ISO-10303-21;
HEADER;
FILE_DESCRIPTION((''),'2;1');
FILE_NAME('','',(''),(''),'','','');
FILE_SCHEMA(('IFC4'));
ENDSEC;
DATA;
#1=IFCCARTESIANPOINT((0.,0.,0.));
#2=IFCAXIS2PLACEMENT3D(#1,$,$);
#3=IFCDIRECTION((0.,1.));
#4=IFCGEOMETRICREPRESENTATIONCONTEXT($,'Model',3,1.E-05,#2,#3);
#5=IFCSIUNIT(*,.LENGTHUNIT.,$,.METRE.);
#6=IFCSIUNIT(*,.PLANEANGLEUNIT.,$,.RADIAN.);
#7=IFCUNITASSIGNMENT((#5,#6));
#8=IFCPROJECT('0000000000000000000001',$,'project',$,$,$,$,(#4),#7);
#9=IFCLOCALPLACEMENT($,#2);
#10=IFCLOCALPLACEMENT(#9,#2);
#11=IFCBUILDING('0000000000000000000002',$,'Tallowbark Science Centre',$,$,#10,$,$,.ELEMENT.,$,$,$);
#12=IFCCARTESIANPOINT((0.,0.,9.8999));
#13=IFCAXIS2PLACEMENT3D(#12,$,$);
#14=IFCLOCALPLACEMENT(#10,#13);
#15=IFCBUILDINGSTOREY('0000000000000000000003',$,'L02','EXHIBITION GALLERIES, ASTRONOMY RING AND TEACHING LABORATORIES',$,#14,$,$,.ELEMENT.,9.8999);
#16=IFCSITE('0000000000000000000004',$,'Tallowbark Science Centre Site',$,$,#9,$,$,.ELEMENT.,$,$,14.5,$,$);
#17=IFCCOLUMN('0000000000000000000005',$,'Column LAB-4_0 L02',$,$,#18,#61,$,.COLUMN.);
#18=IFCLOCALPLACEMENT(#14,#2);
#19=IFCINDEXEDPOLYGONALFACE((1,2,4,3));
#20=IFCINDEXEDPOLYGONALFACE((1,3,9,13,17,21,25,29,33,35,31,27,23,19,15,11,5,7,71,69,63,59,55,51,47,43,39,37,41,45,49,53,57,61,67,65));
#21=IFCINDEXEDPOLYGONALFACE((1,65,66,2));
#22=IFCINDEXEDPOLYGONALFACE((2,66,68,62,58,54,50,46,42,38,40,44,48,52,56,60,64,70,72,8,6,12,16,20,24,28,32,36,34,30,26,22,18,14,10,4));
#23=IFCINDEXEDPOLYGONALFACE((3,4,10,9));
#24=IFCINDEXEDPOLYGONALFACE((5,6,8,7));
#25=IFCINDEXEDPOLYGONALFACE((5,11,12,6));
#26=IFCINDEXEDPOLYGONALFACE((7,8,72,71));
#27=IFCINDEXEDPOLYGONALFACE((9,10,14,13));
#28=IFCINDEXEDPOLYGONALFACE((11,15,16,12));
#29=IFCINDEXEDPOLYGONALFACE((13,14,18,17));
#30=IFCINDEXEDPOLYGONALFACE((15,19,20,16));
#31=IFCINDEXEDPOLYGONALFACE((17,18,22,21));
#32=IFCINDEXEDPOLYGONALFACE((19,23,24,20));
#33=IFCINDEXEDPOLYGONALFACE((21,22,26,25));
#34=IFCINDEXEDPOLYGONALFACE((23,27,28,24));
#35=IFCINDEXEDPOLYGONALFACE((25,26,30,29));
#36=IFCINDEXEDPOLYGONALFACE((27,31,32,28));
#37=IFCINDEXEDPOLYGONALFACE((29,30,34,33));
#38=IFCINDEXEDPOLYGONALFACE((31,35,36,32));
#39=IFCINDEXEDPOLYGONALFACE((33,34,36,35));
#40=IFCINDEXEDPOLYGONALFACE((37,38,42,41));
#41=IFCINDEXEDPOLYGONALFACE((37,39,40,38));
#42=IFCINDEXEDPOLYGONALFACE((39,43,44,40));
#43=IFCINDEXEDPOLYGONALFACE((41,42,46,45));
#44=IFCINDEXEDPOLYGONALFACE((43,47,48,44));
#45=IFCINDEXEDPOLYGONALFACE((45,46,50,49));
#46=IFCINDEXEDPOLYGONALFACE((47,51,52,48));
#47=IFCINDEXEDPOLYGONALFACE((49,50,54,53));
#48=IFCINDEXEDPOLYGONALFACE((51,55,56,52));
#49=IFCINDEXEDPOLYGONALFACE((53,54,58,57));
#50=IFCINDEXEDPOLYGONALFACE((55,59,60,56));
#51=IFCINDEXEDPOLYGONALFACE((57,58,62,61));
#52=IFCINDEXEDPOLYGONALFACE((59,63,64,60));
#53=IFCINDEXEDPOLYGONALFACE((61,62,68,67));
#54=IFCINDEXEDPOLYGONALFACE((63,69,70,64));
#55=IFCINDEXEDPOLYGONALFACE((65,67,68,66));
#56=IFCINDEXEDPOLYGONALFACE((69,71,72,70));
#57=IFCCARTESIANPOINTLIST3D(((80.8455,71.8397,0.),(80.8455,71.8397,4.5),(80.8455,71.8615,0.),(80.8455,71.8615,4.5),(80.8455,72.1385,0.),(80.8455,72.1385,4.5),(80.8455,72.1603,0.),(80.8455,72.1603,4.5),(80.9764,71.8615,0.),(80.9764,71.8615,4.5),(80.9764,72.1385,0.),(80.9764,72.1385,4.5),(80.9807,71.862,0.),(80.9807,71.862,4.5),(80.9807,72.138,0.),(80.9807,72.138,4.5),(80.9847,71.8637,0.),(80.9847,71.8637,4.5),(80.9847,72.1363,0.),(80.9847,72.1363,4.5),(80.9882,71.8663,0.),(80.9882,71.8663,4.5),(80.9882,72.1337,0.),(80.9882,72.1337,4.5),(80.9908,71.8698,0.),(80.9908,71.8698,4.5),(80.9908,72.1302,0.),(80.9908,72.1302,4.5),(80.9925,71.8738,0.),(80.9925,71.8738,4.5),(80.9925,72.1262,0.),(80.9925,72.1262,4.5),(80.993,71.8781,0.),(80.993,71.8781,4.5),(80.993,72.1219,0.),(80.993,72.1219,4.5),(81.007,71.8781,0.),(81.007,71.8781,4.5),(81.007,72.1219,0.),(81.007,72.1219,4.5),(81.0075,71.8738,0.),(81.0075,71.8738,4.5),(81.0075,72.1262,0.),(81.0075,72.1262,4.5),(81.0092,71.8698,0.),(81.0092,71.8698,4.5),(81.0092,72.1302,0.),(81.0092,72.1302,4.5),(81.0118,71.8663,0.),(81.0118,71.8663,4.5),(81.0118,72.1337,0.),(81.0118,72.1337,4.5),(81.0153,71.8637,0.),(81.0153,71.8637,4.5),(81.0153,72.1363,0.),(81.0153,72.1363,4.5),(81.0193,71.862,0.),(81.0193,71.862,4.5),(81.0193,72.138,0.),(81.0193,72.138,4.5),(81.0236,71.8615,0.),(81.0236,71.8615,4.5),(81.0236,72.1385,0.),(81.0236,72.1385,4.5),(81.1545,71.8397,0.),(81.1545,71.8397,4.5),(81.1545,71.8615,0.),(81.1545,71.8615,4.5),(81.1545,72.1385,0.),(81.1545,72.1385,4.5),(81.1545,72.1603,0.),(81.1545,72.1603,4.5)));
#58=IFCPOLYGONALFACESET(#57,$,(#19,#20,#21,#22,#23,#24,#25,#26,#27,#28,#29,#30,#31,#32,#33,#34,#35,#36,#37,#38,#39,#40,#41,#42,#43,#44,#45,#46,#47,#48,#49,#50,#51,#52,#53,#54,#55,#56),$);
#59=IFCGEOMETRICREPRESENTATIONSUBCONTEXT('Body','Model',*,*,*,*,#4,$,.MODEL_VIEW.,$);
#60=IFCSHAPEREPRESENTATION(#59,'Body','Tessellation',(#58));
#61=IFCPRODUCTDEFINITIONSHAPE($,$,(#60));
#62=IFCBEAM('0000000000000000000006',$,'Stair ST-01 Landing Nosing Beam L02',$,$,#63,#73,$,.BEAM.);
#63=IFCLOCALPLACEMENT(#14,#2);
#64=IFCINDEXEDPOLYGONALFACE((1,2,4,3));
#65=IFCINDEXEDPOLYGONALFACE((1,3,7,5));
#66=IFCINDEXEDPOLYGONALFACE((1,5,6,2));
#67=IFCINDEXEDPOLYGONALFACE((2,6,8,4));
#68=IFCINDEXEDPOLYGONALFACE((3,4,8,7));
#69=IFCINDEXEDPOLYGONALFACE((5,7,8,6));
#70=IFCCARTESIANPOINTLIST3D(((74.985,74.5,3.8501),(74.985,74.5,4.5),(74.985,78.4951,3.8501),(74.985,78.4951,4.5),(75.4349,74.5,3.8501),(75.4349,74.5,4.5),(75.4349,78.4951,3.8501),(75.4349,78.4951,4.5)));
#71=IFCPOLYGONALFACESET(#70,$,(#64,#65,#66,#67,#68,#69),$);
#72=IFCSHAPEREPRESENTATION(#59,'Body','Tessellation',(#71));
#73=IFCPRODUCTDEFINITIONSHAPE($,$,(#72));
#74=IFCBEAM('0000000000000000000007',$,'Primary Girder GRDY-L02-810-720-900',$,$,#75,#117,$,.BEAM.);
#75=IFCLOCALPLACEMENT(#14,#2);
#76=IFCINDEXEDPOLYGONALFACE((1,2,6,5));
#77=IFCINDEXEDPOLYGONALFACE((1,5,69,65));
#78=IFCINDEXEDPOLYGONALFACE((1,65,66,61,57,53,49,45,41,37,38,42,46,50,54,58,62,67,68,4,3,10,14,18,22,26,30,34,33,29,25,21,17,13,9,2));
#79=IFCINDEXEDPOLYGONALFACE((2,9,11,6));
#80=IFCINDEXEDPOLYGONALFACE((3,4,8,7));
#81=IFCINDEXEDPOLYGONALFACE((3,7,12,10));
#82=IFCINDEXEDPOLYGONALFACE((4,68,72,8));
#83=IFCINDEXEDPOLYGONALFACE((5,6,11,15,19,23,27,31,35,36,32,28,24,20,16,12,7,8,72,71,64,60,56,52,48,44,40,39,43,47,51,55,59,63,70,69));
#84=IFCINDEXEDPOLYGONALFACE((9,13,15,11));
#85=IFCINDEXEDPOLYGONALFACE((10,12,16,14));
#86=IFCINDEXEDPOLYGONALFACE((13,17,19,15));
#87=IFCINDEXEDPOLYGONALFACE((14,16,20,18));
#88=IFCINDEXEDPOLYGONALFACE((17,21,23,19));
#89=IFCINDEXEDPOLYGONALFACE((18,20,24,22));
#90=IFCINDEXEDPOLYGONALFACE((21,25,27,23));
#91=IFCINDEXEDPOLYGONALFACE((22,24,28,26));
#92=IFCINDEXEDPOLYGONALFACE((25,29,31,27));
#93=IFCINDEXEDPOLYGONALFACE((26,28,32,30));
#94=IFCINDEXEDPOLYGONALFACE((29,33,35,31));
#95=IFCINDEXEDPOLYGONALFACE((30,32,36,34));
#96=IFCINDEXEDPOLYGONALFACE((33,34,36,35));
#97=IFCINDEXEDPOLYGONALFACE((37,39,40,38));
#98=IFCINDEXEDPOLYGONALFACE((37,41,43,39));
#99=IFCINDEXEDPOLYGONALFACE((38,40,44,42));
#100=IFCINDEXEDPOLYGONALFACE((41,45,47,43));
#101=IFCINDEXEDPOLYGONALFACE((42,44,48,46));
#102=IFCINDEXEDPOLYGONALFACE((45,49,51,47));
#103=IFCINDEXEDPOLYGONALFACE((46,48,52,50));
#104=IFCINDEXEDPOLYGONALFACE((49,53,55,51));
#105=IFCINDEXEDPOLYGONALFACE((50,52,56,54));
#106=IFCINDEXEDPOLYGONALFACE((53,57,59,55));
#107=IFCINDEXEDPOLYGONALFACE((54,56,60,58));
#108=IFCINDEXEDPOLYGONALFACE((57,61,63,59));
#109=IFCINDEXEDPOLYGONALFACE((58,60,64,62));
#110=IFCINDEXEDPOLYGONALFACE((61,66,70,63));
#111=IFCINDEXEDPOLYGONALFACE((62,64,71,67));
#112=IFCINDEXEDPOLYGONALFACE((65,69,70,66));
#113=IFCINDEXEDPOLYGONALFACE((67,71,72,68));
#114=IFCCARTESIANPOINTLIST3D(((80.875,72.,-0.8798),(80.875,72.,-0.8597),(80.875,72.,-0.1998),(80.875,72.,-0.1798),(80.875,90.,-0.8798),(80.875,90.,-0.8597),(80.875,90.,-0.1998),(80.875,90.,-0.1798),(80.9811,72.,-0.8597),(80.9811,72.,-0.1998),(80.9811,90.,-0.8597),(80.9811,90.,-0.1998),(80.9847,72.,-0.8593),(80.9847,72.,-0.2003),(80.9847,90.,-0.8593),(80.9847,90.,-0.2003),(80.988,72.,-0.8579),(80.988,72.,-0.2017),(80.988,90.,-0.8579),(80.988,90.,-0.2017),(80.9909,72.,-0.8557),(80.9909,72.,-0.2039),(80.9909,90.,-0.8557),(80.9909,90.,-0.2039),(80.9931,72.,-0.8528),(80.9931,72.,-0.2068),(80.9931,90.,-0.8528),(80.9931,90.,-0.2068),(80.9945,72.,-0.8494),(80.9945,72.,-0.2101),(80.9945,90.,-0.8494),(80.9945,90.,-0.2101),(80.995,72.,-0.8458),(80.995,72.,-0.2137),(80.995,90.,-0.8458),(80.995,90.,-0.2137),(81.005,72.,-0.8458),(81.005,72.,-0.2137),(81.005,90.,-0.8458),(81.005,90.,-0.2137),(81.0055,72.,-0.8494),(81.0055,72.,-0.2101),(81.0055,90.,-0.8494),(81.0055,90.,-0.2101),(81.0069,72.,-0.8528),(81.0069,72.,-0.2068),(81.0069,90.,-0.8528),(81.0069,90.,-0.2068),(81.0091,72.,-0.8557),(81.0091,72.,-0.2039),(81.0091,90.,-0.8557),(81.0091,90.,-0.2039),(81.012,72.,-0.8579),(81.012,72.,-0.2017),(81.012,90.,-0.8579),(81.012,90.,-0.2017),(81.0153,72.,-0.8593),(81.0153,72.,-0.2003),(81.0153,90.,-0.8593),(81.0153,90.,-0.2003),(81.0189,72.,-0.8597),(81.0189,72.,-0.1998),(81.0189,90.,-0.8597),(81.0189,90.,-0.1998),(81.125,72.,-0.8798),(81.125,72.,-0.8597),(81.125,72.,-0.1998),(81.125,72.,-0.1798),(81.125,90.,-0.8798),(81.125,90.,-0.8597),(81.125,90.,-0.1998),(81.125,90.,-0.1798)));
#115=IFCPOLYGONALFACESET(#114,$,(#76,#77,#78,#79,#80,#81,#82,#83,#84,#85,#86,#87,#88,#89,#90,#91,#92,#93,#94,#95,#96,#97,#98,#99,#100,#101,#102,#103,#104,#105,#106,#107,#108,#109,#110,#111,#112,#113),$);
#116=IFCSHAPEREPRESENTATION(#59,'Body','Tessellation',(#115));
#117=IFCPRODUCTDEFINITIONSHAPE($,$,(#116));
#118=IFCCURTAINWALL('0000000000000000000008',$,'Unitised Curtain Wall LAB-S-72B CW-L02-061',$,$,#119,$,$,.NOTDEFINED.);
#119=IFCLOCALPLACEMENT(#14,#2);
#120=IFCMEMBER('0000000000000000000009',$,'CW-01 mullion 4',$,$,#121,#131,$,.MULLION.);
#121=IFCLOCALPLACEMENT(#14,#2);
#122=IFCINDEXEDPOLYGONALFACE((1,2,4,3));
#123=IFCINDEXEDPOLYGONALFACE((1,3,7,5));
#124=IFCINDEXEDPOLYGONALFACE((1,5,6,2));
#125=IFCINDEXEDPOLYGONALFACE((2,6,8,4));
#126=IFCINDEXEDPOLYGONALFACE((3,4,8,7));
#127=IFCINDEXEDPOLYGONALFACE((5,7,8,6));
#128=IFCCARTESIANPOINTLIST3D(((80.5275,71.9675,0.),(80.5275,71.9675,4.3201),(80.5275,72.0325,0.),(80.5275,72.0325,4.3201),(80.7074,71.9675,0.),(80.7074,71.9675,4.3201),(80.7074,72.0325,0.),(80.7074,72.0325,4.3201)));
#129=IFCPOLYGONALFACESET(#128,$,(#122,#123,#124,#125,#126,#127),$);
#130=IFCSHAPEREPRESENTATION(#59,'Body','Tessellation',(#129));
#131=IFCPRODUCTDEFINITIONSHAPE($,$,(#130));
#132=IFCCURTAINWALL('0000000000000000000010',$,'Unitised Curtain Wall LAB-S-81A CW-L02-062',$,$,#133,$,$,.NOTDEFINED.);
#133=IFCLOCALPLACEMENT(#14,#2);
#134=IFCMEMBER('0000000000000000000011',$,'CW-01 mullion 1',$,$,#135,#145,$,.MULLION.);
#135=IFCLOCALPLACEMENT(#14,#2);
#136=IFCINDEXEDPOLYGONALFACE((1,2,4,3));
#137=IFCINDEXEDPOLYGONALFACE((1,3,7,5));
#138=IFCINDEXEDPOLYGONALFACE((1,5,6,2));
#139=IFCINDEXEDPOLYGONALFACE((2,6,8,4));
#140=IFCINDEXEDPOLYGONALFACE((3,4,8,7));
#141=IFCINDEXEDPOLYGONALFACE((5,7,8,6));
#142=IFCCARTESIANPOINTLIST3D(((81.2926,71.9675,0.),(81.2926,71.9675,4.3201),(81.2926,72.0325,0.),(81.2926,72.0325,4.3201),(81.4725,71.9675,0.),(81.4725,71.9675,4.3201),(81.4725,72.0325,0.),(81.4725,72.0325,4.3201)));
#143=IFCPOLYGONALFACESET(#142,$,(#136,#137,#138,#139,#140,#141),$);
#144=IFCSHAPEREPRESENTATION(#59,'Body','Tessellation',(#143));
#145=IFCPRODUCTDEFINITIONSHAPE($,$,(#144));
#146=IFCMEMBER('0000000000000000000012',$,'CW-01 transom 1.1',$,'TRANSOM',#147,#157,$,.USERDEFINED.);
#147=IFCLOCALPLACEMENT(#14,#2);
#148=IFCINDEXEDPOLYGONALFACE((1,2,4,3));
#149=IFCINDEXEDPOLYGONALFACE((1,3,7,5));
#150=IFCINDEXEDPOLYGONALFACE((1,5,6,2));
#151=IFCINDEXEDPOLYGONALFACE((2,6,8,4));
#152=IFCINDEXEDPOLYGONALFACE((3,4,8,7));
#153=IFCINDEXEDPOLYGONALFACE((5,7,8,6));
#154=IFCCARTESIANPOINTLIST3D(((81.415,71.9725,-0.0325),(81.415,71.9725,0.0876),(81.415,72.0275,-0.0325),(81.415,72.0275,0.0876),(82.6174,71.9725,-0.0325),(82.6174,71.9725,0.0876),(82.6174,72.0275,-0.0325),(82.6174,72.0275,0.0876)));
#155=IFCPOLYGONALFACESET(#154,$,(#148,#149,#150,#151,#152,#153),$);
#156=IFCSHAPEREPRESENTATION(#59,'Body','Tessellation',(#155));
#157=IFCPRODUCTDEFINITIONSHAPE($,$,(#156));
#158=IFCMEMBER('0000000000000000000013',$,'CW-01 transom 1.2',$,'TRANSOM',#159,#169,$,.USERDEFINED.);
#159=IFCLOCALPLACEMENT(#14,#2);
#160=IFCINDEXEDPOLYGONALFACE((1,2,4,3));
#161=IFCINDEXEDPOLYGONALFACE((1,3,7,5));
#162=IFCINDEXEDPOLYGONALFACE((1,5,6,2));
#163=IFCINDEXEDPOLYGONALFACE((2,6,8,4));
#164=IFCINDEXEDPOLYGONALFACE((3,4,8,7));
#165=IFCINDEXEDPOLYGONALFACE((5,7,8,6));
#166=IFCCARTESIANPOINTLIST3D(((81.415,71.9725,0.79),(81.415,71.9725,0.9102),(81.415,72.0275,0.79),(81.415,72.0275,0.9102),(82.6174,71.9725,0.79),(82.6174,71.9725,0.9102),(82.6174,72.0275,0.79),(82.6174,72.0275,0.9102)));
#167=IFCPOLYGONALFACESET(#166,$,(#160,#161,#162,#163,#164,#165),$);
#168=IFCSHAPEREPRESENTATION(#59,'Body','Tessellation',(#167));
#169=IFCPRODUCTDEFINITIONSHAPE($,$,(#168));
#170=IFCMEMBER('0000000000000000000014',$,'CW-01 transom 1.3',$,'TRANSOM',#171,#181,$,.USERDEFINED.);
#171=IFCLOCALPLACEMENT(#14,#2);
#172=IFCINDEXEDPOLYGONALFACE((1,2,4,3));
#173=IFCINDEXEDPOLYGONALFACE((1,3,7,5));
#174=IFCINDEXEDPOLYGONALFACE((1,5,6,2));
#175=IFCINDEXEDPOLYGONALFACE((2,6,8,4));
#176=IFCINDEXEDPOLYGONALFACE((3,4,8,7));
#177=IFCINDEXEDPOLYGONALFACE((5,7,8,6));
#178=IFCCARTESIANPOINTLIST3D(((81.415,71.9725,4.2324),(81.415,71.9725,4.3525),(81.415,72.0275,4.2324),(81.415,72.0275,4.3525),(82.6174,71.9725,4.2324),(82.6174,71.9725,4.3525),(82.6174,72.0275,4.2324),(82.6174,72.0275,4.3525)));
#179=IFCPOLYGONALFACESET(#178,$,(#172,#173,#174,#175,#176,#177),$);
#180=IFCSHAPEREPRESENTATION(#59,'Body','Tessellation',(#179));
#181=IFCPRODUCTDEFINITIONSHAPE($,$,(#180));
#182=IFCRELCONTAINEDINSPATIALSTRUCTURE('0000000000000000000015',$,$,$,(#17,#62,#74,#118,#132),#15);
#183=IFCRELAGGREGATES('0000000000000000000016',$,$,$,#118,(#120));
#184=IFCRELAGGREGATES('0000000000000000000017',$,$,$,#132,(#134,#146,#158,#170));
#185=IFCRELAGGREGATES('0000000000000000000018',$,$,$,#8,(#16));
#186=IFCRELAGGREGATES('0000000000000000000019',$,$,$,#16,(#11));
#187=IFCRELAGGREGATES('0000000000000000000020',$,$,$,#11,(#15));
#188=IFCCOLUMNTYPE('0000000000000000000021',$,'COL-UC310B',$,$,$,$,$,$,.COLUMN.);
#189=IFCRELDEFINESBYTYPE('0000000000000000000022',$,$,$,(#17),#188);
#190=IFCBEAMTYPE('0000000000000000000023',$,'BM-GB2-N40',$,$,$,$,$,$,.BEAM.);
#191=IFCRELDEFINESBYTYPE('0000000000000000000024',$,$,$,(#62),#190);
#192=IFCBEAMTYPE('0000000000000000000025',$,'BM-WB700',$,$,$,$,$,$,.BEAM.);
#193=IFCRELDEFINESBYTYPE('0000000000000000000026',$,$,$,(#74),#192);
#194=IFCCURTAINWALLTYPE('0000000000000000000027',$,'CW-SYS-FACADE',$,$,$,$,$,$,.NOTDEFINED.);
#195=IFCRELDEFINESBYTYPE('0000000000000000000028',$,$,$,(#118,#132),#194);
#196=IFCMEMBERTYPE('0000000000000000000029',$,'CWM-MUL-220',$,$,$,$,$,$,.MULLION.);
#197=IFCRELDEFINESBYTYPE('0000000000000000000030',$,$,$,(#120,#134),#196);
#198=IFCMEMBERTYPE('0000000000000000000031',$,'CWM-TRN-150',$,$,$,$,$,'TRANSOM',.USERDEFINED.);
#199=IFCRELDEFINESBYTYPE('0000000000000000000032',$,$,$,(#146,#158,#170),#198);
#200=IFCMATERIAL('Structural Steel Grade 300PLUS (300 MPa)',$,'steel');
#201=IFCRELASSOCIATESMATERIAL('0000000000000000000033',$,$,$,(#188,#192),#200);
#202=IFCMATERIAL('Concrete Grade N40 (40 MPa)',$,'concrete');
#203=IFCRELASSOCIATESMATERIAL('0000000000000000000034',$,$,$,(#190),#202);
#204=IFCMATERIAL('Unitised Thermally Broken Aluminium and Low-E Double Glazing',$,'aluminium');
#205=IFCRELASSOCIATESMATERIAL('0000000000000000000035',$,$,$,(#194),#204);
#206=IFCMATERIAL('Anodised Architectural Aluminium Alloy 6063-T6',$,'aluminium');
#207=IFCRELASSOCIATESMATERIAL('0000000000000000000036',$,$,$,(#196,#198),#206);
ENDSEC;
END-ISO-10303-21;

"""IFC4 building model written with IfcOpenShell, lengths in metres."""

from ifc_helpers import new_model, si_unit, direction, frame, origin, origin_2d, place, context, subcontext, project, spatial, rectangle, i_section, extrude, material, material_profile, profile_set, type_object, element, aggregate, save


model = new_model("IFC4")

# Units and contexts
model_context = context("Model", 3, precision=1e-05, world=origin(), true_north=direction((0.0, 1.0)))
body_context = subcontext(model_context, "Body", "Model", "MODEL_VIEW")
ifc_project = project(units=[si_unit("LENGTHUNIT", "METRE"), si_unit("PLANEANGLEUNIT", "RADIAN")], contexts=[model_context])

# Site, building, storey
site_placement = place(None, origin())
site = spatial("IfcSite", under=ifc_project, at=site_placement, Name="Tallowbark Science Centre Site", CompositionType="ELEMENT", RefElevation=14.5)
building_placement = place(site_placement, origin())
building = spatial("IfcBuilding", under=site, at=building_placement, Name="Tallowbark Science Centre", CompositionType="ELEMENT")
storey_placement = place(building_placement, frame((0.0, 0.0, 9.8999)))
storey = spatial("IfcBuildingStorey", under=building, at=storey_placement, Name="L02", Description="EXHIBITION GALLERIES, ASTRONOMY RING AND TEACHING LABORATORIES", CompositionType="ELEMENT", Elevation=9.8999)

# Column
ifc_material_1 = material(Name="Structural Steel Grade 300PLUS (300 MPa)", Category="steel")
ifc_material_profile_1 = material_profile(ifc_material_1, i_section(OverallWidth=0.3091, OverallDepth=0.3206, WebThickness=0.0139, FlangeThickness=0.0217, FilletRadius=0.0166, at=origin_2d()), Name="310UC137")
ifc_profile_set_1 = profile_set([ifc_material_profile_1], Name="Structural Steel Grade 300PLUS (300 MPa)")
column_type = type_object("IfcColumnType", Name="COL-UC310B", PredefinedType="COLUMN", material=ifc_profile_set_1)
column_placement = place(storey_placement, frame((81.0, 72.0, 0.0), z_axis=(0.0, 0.0, 1.0), x_axis=(1.0, 0.0, 0.0)))
element("IfcColumn", 1, at=column_placement, inside=storey, type_object=column_type, Name="Column LAB-4_0 L02", PredefinedType="COLUMN", context=body_context, shape_type="SweptSolid", body=[
    extrude(i_section(OverallWidth=0.3091, OverallDepth=0.3206, WebThickness=0.0139, FlangeThickness=0.0217, FilletRadius=0.0166, at=origin_2d()), origin(), (0.0, 0.0, 1.0), 4.5),
])

# Beams
ifc_material_2 = material(Name="Concrete Grade N40 (40 MPa)", Category="concrete")
ifc_material_profile_2 = material_profile(ifc_material_2, rectangle(XDim=0.45, YDim=0.6499, at=origin_2d()), Name="RC450x650")
ifc_profile_set_2 = profile_set([ifc_material_profile_2], Name="Concrete Grade N40 (40 MPa)")
beam_type_1 = type_object("IfcBeamType", Name="BM-GB2-N40", PredefinedType="BEAM", material=ifc_profile_set_2)
beam_1_placement = place(storey_placement, frame((75.21, 74.5, 4.175), z_axis=(0.0, 1.0, 0.0), x_axis=(-1.0, 0.0, 0.0)))
element("IfcBeam", 2, at=beam_1_placement, inside=storey, type_object=beam_type_1, Name="Stair ST-01 Landing Nosing Beam L02", PredefinedType="BEAM", context=body_context, shape_type="SweptSolid", body=[
    extrude(rectangle(XDim=0.45, YDim=0.6499, at=origin_2d()), origin(), (0.0, 0.0, 1.0), 3.9951),
])
ifc_material_profile_3 = material_profile(ifc_material_1, i_section(OverallWidth=0.25, OverallDepth=0.7, WebThickness=0.01, FlangeThickness=0.02, FilletRadius=0.0139, at=origin_2d()), Name="700WB130")
ifc_profile_set_3 = profile_set([ifc_material_profile_3], Name="Structural Steel Grade 300PLUS (300 MPa)")
beam_type_2 = type_object("IfcBeamType", Name="BM-WB700", PredefinedType="BEAM", material=ifc_profile_set_3)
beam_2_placement = place(storey_placement, frame((81.0, 72.0, -0.5298), z_axis=(0.0, 1.0, 0.0), x_axis=(-1.0, 0.0, 0.0)))
element("IfcBeam", 3, at=beam_2_placement, inside=storey, type_object=beam_type_2, Name="Primary Girder GRDY-L02-810-720-900", PredefinedType="BEAM", context=body_context, shape_type="SweptSolid", body=[
    extrude(i_section(OverallWidth=0.25, OverallDepth=0.7, WebThickness=0.01, FlangeThickness=0.02, FilletRadius=0.0139, at=origin_2d()), origin(), (0.0, 0.0, 1.0), 18.0),
])

# Curtain wall, member
ifc_material_3 = material(Name="Unitised Thermally Broken Aluminium and Low-E Double Glazing", Category="aluminium")
curtain_wall_type = type_object("IfcCurtainWallType", Name="CW-SYS-FACADE", PredefinedType="NOTDEFINED", material=ifc_material_3)
curtain_wall_1_placement = place(storey_placement, origin())
curtain_wall_1 = element("IfcCurtainWall", 4, at=curtain_wall_1_placement, inside=storey, type_object=curtain_wall_type, Name="Unitised Curtain Wall LAB-S-72B CW-L02-061", PredefinedType="NOTDEFINED")
ifc_material_4 = material(Name="Anodised Architectural Aluminium Alloy 6063-T6", Category="aluminium")
ifc_material_profile_4 = material_profile(ifc_material_4, rectangle(XDim=0.0649, YDim=0.1799, at=origin_2d()), Name="ALU65x180")
ifc_profile_set_4 = profile_set([ifc_material_profile_4], Name="Anodised Architectural Aluminium Alloy 6063-T6")
member_type_1 = type_object("IfcMemberType", Name="CWM-MUL-220", PredefinedType="MULLION", material=ifc_profile_set_4)
member_1_placement = place(storey_placement, frame((80.6174, 72.0, 0.0), z_axis=(0.0, 0.0, 1.0), x_axis=(0.0, 1.0, 0.0)))
member_1 = element("IfcMember", 5, at=member_1_placement, type_object=member_type_1, Name="CW-01 mullion 4", PredefinedType="MULLION", context=body_context, shape_type="SweptSolid", body=[
    extrude(rectangle(XDim=0.0649, YDim=0.1799, at=origin_2d()), origin(), (0.0, 0.0, 1.0), 4.3201),
])

# Curtain wall, members
curtain_wall_2_placement = place(storey_placement, origin())
curtain_wall_2 = element("IfcCurtainWall", 6, at=curtain_wall_2_placement, inside=storey, type_object=curtain_wall_type, Name="Unitised Curtain Wall LAB-S-81A CW-L02-062", PredefinedType="NOTDEFINED")
member_2_placement = place(storey_placement, frame((81.3826, 72.0, 0.0), z_axis=(0.0, 0.0, 1.0), x_axis=(0.0, 1.0, 0.0)))
member_2 = element("IfcMember", 7, at=member_2_placement, type_object=member_type_1, Name="CW-01 mullion 1", PredefinedType="MULLION", context=body_context, shape_type="SweptSolid", body=[
    extrude(rectangle(XDim=0.0649, YDim=0.1799, at=origin_2d()), origin(), (0.0, 0.0, 1.0), 4.3201),
])
ifc_material_profile_5 = material_profile(ifc_material_4, rectangle(XDim=0.0549, YDim=0.1201, at=origin_2d()), Name="ALU55x120")
ifc_profile_set_5 = profile_set([ifc_material_profile_5], Name="Anodised Architectural Aluminium Alloy 6063-T6")
member_type_2 = type_object("IfcMemberType", Name="CWM-TRN-150", ElementType="TRANSOM", PredefinedType="USERDEFINED", material=ifc_profile_set_5)
member_3_placement = place(storey_placement, frame((81.415, 72.0, 0.0276), z_axis=(1.0, 0.0, 0.0), x_axis=(0.0, 1.0, 0.0)))
member_3 = element("IfcMember", 8, at=member_3_placement, type_object=member_type_2, Name="CW-01 transom 1.1", ObjectType="TRANSOM", PredefinedType="USERDEFINED", context=body_context, shape_type="SweptSolid", body=[
    extrude(rectangle(XDim=0.0549, YDim=0.1201, at=origin_2d()), origin(), (0.0, 0.0, 1.0), 1.2024),
])
member_4_placement = place(storey_placement, frame((81.415, 72.0, 0.8501), z_axis=(1.0, 0.0, 0.0), x_axis=(0.0, 1.0, 0.0)))
member_4 = element("IfcMember", 9, at=member_4_placement, type_object=member_type_2, Name="CW-01 transom 1.2", ObjectType="TRANSOM", PredefinedType="USERDEFINED", context=body_context, shape_type="SweptSolid", body=[
    extrude(rectangle(XDim=0.0549, YDim=0.1201, at=origin_2d()), origin(), (0.0, 0.0, 1.0), 1.2024),
])
member_5_placement = place(storey_placement, frame((81.415, 72.0, 4.2925), z_axis=(1.0, 0.0, 0.0), x_axis=(0.0, 1.0, 0.0)))
member_5 = element("IfcMember", 10, at=member_5_placement, type_object=member_type_2, Name="CW-01 transom 1.3", ObjectType="TRANSOM", PredefinedType="USERDEFINED", context=body_context, shape_type="SweptSolid", body=[
    extrude(rectangle(XDim=0.0549, YDim=0.1201, at=origin_2d()), origin(), (0.0, 0.0, 1.0), 1.2024),
])

aggregate(curtain_wall_1, [member_1])
aggregate(curtain_wall_2, [member_2, member_3, member_4, member_5])

save(model, "model.ifc")
